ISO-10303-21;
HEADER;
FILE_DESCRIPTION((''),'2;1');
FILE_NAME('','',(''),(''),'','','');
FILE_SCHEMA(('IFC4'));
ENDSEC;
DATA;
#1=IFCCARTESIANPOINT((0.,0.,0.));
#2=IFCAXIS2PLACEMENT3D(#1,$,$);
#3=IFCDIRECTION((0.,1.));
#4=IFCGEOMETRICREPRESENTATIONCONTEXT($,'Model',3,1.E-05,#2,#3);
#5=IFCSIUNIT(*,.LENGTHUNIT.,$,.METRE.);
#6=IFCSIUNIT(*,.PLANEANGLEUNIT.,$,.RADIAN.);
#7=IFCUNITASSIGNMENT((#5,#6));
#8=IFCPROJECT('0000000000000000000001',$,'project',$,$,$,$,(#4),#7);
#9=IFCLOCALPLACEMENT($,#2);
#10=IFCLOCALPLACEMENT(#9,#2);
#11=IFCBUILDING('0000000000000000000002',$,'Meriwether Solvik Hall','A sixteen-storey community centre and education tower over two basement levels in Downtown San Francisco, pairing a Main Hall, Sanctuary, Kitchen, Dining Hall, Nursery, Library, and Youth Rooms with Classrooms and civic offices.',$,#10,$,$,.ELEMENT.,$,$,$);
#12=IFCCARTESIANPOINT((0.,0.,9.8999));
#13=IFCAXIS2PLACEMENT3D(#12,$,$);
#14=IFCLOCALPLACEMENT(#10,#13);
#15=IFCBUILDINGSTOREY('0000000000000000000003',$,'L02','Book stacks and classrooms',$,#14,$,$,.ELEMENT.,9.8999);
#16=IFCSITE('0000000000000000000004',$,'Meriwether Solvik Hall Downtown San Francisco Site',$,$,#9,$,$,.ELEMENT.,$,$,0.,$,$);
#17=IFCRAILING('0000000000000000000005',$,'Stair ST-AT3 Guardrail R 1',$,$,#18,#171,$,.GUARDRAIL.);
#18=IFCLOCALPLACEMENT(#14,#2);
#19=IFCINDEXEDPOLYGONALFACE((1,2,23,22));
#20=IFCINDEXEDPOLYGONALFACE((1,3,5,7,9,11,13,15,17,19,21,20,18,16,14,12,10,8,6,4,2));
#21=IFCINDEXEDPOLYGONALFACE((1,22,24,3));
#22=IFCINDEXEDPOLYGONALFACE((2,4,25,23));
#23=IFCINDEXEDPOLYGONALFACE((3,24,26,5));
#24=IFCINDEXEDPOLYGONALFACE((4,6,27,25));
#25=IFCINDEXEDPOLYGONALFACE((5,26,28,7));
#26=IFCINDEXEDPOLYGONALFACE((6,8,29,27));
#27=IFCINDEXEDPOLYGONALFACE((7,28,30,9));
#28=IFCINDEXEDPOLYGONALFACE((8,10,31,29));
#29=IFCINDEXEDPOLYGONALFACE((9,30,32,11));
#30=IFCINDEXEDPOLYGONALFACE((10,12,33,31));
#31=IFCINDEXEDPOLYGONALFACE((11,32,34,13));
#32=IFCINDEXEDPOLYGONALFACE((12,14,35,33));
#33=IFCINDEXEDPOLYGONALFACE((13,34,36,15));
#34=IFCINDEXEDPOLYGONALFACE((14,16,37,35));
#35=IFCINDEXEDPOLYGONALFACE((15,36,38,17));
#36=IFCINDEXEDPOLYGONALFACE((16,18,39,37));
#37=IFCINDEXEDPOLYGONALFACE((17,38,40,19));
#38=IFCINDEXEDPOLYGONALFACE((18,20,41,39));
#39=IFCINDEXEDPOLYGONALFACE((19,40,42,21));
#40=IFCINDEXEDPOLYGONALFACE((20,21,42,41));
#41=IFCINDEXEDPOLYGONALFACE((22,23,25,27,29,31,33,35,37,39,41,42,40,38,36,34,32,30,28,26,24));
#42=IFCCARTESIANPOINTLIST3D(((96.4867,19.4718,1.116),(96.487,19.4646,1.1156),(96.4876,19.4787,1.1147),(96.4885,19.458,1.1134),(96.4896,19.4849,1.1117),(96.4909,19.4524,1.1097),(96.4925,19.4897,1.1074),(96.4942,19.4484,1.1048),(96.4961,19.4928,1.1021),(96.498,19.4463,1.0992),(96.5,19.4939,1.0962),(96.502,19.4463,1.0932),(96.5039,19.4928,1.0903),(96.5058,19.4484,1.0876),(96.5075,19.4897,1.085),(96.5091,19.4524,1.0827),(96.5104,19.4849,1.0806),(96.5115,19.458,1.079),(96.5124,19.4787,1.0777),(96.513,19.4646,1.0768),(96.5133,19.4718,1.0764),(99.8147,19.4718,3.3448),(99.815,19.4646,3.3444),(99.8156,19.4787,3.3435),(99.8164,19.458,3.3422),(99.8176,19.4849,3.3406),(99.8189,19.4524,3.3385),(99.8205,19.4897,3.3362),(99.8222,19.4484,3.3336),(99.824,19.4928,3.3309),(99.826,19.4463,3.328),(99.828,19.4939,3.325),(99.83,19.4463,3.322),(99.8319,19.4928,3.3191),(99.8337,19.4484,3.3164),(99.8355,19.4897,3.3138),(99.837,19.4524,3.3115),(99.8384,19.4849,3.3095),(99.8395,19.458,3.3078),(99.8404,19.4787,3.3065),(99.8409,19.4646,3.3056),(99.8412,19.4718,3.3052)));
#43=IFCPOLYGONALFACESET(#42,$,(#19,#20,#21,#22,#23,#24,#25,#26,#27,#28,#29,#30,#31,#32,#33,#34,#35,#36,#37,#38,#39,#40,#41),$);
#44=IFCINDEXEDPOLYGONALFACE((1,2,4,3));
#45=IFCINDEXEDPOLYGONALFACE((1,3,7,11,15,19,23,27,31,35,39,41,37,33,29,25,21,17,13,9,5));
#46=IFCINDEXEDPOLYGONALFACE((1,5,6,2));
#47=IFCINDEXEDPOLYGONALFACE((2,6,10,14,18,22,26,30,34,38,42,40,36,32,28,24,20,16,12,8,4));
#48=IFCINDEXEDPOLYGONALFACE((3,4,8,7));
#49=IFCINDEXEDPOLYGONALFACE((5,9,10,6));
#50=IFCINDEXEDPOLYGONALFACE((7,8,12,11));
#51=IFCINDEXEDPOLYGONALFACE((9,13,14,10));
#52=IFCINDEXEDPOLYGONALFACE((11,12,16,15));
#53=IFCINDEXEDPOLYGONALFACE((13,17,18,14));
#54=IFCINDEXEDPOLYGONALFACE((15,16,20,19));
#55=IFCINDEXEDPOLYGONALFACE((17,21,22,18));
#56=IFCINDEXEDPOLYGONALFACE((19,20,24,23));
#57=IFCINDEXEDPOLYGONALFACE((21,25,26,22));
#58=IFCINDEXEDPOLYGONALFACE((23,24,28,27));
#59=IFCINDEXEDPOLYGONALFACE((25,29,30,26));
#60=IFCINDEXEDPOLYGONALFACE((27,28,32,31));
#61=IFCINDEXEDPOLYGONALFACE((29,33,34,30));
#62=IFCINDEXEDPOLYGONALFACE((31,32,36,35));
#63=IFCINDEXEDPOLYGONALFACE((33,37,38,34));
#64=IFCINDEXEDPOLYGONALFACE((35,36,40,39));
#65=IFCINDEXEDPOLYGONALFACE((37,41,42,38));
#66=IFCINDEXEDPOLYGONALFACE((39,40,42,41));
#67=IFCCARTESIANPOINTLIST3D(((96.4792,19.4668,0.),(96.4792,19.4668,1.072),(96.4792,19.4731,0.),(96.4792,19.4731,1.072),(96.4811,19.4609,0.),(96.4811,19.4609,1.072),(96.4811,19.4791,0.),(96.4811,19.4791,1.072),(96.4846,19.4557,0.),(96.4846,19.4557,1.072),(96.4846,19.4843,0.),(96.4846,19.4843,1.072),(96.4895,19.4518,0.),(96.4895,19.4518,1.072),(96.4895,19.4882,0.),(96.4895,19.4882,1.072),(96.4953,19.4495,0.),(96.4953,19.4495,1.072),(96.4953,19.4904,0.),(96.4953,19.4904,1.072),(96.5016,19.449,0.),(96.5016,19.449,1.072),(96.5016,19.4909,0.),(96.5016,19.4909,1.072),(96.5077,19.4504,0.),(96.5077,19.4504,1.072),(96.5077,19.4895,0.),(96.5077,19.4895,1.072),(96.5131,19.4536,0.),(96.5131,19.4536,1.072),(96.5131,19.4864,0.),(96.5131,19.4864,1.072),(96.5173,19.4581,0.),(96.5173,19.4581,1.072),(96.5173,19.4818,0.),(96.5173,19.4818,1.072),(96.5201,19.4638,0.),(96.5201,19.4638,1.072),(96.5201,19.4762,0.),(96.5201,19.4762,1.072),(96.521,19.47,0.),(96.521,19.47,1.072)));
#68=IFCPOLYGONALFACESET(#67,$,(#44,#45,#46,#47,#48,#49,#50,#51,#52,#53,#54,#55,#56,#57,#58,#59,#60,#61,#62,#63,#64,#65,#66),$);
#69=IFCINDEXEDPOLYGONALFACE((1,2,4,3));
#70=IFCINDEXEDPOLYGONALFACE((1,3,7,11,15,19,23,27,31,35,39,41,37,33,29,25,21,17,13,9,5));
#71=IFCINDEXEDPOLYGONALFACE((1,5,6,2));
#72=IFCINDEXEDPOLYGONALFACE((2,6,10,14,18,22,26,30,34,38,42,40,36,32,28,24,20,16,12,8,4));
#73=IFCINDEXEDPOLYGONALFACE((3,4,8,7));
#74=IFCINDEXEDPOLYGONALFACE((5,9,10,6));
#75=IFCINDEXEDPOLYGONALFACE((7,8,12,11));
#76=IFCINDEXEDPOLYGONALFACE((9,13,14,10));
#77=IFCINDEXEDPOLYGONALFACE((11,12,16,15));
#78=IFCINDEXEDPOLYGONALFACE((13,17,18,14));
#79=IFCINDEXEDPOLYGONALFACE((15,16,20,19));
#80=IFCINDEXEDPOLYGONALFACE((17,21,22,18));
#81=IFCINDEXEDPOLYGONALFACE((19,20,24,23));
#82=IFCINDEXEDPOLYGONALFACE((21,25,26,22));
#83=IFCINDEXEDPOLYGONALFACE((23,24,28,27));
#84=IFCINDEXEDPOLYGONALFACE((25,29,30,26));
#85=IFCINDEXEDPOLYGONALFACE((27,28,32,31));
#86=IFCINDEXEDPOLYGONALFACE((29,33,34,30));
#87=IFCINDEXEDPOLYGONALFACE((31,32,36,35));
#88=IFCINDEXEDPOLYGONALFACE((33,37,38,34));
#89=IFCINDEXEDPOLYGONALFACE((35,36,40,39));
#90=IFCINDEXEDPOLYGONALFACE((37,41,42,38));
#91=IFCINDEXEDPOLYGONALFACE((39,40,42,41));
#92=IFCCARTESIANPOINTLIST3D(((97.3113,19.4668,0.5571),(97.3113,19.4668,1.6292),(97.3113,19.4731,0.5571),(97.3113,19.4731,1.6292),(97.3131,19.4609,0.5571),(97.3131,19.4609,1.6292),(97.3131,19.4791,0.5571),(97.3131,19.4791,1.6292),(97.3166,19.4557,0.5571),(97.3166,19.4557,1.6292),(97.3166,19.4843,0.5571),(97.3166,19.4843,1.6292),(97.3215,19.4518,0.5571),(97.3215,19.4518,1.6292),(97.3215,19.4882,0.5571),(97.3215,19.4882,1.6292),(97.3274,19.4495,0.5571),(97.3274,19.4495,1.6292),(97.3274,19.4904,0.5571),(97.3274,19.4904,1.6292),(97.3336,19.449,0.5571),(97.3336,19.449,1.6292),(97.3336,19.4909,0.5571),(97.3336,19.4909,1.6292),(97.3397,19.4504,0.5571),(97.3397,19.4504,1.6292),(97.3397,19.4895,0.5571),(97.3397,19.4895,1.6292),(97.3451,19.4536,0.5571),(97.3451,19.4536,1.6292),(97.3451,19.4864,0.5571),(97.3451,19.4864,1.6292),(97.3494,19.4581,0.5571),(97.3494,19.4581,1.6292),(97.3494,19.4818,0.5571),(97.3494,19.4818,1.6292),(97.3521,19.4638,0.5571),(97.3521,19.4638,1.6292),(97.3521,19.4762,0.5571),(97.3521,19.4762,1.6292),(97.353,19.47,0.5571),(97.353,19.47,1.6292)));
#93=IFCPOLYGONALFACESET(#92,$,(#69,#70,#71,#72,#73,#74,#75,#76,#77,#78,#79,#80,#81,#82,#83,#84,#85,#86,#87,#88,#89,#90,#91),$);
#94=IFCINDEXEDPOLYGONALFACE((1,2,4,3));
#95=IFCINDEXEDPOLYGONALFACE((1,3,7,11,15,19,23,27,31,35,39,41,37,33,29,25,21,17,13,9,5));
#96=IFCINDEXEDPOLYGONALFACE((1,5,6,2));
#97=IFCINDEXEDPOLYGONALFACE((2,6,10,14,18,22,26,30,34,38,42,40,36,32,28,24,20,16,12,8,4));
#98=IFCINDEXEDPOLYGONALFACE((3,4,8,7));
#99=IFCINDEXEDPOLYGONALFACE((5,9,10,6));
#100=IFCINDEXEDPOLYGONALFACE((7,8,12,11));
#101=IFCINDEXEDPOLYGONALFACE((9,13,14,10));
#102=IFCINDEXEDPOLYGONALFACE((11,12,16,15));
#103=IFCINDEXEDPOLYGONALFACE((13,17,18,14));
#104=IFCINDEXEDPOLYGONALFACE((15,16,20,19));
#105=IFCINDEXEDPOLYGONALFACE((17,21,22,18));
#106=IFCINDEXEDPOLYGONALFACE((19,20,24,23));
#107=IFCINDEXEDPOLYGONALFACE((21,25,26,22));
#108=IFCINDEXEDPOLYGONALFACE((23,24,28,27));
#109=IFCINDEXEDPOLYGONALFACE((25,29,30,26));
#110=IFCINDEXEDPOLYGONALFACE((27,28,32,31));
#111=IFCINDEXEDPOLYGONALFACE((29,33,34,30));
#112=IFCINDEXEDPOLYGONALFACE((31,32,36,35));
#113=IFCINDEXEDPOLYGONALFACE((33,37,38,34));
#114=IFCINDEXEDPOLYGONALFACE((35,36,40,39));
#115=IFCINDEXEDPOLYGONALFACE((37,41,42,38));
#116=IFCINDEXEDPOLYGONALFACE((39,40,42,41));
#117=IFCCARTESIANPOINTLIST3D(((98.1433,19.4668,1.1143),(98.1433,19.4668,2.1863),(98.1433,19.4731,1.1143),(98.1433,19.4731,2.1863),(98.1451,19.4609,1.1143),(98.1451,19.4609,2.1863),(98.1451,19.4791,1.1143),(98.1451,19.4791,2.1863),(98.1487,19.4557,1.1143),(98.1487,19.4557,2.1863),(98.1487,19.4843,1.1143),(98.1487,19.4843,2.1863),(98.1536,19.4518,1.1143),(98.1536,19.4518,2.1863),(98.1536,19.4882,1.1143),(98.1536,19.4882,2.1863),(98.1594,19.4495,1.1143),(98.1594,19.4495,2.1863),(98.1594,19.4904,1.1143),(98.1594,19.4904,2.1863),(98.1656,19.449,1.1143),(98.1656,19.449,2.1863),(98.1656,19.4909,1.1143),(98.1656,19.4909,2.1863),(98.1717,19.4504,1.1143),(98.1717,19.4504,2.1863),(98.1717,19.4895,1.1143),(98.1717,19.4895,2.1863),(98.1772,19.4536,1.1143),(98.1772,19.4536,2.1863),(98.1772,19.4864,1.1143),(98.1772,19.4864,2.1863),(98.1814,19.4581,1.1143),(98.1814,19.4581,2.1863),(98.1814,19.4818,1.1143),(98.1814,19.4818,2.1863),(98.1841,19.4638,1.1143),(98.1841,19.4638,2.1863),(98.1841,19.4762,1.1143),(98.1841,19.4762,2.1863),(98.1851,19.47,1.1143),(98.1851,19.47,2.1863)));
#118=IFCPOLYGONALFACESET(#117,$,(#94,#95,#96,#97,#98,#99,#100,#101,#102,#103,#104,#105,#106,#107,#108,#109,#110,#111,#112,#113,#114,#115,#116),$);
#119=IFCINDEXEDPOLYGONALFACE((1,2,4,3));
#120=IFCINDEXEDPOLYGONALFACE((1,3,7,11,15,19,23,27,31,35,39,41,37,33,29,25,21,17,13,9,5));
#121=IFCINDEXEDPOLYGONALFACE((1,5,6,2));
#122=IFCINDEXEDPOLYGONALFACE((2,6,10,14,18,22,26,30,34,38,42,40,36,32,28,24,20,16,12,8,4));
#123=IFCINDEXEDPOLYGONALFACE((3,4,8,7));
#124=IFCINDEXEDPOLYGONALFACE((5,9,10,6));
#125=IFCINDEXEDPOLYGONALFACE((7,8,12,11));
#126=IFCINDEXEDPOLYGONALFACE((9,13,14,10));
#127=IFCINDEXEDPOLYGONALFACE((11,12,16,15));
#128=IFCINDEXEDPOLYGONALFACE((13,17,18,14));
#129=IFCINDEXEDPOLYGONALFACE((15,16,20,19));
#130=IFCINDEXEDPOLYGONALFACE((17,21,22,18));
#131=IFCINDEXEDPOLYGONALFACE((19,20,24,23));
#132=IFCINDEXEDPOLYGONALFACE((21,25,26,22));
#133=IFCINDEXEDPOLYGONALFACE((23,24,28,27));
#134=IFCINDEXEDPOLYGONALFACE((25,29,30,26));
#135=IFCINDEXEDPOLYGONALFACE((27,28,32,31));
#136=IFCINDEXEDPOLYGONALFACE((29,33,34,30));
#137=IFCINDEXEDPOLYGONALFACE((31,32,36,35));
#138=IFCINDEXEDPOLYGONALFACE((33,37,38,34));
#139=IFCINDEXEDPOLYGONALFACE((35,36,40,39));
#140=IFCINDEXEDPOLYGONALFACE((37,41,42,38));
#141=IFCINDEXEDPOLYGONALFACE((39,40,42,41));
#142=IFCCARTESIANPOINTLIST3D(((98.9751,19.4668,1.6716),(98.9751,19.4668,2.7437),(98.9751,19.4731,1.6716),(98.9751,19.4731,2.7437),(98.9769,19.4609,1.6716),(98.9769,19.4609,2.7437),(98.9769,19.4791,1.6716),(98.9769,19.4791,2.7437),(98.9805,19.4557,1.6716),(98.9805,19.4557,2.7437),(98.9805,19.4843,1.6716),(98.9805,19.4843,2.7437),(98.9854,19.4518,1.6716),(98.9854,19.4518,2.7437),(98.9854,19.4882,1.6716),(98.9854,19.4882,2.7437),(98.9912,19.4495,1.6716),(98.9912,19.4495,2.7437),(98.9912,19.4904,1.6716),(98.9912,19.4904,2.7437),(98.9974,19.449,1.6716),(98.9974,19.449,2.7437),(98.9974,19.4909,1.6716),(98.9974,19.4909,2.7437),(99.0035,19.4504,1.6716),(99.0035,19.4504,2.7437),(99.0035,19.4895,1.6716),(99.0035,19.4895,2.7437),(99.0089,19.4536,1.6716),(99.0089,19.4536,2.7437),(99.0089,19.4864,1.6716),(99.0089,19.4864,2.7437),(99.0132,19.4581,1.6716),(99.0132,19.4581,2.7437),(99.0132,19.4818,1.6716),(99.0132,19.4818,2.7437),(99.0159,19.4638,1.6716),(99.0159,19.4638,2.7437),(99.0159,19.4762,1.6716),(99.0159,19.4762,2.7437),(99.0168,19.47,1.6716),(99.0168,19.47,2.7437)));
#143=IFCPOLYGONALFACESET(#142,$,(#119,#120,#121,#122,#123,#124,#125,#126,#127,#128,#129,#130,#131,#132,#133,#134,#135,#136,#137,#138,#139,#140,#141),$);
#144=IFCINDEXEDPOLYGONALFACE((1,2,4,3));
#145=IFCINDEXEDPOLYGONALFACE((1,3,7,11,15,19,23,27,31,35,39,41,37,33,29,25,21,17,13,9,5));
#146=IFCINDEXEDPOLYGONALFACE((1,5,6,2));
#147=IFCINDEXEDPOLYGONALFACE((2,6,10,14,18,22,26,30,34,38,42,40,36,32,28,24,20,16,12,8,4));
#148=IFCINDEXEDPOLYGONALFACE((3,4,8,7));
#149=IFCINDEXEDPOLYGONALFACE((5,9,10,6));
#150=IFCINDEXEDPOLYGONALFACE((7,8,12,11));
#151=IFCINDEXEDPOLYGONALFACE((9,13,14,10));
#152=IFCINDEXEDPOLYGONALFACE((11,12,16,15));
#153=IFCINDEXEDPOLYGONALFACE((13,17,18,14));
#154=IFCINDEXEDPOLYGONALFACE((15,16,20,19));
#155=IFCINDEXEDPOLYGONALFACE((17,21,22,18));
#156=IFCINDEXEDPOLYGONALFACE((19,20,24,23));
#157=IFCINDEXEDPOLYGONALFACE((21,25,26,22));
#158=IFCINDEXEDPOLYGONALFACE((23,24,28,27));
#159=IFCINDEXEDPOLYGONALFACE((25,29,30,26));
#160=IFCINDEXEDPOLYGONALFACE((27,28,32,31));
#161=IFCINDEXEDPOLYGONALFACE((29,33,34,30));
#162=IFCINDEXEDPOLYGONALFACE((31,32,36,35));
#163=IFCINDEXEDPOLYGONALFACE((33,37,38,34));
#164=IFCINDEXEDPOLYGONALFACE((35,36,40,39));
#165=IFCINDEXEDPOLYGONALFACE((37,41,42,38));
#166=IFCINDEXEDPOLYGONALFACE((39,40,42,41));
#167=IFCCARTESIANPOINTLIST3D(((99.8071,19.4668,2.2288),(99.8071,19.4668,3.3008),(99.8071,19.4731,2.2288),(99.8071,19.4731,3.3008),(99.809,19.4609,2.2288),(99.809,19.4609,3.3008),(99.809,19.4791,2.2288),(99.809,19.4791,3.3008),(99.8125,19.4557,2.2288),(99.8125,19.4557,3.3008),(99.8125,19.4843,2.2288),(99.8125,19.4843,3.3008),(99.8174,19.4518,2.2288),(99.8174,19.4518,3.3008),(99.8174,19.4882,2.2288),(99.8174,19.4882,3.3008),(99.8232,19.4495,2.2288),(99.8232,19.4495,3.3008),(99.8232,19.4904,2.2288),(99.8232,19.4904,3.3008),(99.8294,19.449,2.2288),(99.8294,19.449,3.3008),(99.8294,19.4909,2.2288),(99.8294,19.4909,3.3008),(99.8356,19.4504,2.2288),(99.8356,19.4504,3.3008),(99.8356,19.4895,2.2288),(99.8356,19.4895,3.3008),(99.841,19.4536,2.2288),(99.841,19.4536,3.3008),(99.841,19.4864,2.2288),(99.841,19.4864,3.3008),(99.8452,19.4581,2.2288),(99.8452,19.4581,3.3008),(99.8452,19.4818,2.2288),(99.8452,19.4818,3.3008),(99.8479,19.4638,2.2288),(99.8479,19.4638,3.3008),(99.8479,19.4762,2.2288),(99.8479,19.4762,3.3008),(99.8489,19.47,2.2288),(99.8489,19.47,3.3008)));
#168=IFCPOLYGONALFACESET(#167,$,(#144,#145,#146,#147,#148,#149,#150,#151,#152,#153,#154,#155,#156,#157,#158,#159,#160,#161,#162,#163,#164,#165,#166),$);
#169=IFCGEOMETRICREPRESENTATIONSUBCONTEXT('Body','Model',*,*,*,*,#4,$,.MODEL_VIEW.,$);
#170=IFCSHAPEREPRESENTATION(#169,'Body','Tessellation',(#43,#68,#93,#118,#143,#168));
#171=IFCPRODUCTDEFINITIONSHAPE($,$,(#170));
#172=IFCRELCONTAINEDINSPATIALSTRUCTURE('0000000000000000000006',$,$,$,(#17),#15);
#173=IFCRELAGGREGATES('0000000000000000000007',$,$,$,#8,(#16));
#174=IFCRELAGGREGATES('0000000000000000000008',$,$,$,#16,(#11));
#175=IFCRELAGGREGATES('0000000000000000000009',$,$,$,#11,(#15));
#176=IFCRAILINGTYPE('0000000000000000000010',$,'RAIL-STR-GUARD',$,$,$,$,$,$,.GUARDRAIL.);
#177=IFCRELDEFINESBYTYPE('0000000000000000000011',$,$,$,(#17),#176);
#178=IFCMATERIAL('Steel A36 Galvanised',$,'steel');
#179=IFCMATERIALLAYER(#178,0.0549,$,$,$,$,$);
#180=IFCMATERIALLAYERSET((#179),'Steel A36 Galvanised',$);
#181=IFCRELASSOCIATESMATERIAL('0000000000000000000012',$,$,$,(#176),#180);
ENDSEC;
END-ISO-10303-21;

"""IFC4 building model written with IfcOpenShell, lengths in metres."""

from ifc_helpers import new_model, si_unit, direction, frame, origin, origin_2d, place, context, subcontext, project, spatial, circle, extrude, material, layer, layer_set, type_object, element, save


model = new_model("IFC4")

# Units and contexts
model_context = context("Model", 3, precision=1e-05, world=origin(), true_north=direction((0.0, 1.0)))
body_context = subcontext(model_context, "Body", "Model", "MODEL_VIEW")
ifc_project = project(units=[si_unit("LENGTHUNIT", "METRE"), si_unit("PLANEANGLEUNIT", "RADIAN")], contexts=[model_context])

# Site, building, storey
site_placement = place(None, origin())
site = spatial("IfcSite", under=ifc_project, at=site_placement, Name="Meriwether Solvik Hall Downtown San Francisco Site", CompositionType="ELEMENT", RefElevation=0.0)
building_placement = place(site_placement, origin())
building = spatial("IfcBuilding", under=site, at=building_placement, Name="Meriwether Solvik Hall", Description="A sixteen-storey community centre and education tower over two basement levels in Downtown San Francisco, pairing a Main Hall, Sanctuary, Kitchen, Dining Hall, Nursery, Library, and Youth Rooms with Classrooms and civic offices.", CompositionType="ELEMENT")
storey_placement = place(building_placement, frame((0.0, 0.0, 9.8999)))
storey = spatial("IfcBuildingStorey", under=building, at=storey_placement, Name="L02", Description="Book stacks and classrooms", CompositionType="ELEMENT", Elevation=9.8999)

# Railing
ifc_material_1 = material(Name="Steel A36 Galvanised", Category="steel")
ifc_layer_1 = layer(ifc_material_1, 0.0549)
ifc_layer_set_1 = layer_set([ifc_layer_1], Name="Steel A36 Galvanised")
railing_type_1 = type_object("IfcRailingType", Name="RAIL-STR-GUARD", PredefinedType="GUARDRAIL", material=ifc_layer_set_1)
railing_1_placement = place(storey_placement, frame((96.5, 19.47, 0.0)))
element("IfcRailing", 1, at=railing_1_placement, inside=storey, type_object=railing_type_1, Name="Stair ST-AT3 Guardrail R 1", PredefinedType="GUARDRAIL", context=body_context, shape_type="SweptSolid", body=[
    extrude(circle(Radius=0.0239, at=origin_2d()), frame((0.0, 0.0, 1.0962), z_axis=(0.830876, 0.0, 0.556457), x_axis=(0.0, 1.0, 0.0)), (0.0, 0.0, 1.0), 4.0054),
    extrude(circle(Radius=0.021, at=origin_2d()), origin(), (0.0, 0.0, 1.0), 1.072),
    extrude(circle(Radius=0.021, at=origin_2d()), frame((0.832, 0.0, 0.5571)), (0.0, 0.0, 1.0), 1.072),
    extrude(circle(Radius=0.021, at=origin_2d()), frame((1.6641, 0.0, 1.1143)), (0.0, 0.0, 1.0), 1.072),
    extrude(circle(Radius=0.021, at=origin_2d()), frame((2.4958, 0.0, 1.6716)), (0.0, 0.0, 1.0), 1.072),
    extrude(circle(Radius=0.021, at=origin_2d()), frame((3.3279, 0.0, 2.2288)), (0.0, 0.0, 1.0), 1.072),
])

save(model, "model.ifc")
